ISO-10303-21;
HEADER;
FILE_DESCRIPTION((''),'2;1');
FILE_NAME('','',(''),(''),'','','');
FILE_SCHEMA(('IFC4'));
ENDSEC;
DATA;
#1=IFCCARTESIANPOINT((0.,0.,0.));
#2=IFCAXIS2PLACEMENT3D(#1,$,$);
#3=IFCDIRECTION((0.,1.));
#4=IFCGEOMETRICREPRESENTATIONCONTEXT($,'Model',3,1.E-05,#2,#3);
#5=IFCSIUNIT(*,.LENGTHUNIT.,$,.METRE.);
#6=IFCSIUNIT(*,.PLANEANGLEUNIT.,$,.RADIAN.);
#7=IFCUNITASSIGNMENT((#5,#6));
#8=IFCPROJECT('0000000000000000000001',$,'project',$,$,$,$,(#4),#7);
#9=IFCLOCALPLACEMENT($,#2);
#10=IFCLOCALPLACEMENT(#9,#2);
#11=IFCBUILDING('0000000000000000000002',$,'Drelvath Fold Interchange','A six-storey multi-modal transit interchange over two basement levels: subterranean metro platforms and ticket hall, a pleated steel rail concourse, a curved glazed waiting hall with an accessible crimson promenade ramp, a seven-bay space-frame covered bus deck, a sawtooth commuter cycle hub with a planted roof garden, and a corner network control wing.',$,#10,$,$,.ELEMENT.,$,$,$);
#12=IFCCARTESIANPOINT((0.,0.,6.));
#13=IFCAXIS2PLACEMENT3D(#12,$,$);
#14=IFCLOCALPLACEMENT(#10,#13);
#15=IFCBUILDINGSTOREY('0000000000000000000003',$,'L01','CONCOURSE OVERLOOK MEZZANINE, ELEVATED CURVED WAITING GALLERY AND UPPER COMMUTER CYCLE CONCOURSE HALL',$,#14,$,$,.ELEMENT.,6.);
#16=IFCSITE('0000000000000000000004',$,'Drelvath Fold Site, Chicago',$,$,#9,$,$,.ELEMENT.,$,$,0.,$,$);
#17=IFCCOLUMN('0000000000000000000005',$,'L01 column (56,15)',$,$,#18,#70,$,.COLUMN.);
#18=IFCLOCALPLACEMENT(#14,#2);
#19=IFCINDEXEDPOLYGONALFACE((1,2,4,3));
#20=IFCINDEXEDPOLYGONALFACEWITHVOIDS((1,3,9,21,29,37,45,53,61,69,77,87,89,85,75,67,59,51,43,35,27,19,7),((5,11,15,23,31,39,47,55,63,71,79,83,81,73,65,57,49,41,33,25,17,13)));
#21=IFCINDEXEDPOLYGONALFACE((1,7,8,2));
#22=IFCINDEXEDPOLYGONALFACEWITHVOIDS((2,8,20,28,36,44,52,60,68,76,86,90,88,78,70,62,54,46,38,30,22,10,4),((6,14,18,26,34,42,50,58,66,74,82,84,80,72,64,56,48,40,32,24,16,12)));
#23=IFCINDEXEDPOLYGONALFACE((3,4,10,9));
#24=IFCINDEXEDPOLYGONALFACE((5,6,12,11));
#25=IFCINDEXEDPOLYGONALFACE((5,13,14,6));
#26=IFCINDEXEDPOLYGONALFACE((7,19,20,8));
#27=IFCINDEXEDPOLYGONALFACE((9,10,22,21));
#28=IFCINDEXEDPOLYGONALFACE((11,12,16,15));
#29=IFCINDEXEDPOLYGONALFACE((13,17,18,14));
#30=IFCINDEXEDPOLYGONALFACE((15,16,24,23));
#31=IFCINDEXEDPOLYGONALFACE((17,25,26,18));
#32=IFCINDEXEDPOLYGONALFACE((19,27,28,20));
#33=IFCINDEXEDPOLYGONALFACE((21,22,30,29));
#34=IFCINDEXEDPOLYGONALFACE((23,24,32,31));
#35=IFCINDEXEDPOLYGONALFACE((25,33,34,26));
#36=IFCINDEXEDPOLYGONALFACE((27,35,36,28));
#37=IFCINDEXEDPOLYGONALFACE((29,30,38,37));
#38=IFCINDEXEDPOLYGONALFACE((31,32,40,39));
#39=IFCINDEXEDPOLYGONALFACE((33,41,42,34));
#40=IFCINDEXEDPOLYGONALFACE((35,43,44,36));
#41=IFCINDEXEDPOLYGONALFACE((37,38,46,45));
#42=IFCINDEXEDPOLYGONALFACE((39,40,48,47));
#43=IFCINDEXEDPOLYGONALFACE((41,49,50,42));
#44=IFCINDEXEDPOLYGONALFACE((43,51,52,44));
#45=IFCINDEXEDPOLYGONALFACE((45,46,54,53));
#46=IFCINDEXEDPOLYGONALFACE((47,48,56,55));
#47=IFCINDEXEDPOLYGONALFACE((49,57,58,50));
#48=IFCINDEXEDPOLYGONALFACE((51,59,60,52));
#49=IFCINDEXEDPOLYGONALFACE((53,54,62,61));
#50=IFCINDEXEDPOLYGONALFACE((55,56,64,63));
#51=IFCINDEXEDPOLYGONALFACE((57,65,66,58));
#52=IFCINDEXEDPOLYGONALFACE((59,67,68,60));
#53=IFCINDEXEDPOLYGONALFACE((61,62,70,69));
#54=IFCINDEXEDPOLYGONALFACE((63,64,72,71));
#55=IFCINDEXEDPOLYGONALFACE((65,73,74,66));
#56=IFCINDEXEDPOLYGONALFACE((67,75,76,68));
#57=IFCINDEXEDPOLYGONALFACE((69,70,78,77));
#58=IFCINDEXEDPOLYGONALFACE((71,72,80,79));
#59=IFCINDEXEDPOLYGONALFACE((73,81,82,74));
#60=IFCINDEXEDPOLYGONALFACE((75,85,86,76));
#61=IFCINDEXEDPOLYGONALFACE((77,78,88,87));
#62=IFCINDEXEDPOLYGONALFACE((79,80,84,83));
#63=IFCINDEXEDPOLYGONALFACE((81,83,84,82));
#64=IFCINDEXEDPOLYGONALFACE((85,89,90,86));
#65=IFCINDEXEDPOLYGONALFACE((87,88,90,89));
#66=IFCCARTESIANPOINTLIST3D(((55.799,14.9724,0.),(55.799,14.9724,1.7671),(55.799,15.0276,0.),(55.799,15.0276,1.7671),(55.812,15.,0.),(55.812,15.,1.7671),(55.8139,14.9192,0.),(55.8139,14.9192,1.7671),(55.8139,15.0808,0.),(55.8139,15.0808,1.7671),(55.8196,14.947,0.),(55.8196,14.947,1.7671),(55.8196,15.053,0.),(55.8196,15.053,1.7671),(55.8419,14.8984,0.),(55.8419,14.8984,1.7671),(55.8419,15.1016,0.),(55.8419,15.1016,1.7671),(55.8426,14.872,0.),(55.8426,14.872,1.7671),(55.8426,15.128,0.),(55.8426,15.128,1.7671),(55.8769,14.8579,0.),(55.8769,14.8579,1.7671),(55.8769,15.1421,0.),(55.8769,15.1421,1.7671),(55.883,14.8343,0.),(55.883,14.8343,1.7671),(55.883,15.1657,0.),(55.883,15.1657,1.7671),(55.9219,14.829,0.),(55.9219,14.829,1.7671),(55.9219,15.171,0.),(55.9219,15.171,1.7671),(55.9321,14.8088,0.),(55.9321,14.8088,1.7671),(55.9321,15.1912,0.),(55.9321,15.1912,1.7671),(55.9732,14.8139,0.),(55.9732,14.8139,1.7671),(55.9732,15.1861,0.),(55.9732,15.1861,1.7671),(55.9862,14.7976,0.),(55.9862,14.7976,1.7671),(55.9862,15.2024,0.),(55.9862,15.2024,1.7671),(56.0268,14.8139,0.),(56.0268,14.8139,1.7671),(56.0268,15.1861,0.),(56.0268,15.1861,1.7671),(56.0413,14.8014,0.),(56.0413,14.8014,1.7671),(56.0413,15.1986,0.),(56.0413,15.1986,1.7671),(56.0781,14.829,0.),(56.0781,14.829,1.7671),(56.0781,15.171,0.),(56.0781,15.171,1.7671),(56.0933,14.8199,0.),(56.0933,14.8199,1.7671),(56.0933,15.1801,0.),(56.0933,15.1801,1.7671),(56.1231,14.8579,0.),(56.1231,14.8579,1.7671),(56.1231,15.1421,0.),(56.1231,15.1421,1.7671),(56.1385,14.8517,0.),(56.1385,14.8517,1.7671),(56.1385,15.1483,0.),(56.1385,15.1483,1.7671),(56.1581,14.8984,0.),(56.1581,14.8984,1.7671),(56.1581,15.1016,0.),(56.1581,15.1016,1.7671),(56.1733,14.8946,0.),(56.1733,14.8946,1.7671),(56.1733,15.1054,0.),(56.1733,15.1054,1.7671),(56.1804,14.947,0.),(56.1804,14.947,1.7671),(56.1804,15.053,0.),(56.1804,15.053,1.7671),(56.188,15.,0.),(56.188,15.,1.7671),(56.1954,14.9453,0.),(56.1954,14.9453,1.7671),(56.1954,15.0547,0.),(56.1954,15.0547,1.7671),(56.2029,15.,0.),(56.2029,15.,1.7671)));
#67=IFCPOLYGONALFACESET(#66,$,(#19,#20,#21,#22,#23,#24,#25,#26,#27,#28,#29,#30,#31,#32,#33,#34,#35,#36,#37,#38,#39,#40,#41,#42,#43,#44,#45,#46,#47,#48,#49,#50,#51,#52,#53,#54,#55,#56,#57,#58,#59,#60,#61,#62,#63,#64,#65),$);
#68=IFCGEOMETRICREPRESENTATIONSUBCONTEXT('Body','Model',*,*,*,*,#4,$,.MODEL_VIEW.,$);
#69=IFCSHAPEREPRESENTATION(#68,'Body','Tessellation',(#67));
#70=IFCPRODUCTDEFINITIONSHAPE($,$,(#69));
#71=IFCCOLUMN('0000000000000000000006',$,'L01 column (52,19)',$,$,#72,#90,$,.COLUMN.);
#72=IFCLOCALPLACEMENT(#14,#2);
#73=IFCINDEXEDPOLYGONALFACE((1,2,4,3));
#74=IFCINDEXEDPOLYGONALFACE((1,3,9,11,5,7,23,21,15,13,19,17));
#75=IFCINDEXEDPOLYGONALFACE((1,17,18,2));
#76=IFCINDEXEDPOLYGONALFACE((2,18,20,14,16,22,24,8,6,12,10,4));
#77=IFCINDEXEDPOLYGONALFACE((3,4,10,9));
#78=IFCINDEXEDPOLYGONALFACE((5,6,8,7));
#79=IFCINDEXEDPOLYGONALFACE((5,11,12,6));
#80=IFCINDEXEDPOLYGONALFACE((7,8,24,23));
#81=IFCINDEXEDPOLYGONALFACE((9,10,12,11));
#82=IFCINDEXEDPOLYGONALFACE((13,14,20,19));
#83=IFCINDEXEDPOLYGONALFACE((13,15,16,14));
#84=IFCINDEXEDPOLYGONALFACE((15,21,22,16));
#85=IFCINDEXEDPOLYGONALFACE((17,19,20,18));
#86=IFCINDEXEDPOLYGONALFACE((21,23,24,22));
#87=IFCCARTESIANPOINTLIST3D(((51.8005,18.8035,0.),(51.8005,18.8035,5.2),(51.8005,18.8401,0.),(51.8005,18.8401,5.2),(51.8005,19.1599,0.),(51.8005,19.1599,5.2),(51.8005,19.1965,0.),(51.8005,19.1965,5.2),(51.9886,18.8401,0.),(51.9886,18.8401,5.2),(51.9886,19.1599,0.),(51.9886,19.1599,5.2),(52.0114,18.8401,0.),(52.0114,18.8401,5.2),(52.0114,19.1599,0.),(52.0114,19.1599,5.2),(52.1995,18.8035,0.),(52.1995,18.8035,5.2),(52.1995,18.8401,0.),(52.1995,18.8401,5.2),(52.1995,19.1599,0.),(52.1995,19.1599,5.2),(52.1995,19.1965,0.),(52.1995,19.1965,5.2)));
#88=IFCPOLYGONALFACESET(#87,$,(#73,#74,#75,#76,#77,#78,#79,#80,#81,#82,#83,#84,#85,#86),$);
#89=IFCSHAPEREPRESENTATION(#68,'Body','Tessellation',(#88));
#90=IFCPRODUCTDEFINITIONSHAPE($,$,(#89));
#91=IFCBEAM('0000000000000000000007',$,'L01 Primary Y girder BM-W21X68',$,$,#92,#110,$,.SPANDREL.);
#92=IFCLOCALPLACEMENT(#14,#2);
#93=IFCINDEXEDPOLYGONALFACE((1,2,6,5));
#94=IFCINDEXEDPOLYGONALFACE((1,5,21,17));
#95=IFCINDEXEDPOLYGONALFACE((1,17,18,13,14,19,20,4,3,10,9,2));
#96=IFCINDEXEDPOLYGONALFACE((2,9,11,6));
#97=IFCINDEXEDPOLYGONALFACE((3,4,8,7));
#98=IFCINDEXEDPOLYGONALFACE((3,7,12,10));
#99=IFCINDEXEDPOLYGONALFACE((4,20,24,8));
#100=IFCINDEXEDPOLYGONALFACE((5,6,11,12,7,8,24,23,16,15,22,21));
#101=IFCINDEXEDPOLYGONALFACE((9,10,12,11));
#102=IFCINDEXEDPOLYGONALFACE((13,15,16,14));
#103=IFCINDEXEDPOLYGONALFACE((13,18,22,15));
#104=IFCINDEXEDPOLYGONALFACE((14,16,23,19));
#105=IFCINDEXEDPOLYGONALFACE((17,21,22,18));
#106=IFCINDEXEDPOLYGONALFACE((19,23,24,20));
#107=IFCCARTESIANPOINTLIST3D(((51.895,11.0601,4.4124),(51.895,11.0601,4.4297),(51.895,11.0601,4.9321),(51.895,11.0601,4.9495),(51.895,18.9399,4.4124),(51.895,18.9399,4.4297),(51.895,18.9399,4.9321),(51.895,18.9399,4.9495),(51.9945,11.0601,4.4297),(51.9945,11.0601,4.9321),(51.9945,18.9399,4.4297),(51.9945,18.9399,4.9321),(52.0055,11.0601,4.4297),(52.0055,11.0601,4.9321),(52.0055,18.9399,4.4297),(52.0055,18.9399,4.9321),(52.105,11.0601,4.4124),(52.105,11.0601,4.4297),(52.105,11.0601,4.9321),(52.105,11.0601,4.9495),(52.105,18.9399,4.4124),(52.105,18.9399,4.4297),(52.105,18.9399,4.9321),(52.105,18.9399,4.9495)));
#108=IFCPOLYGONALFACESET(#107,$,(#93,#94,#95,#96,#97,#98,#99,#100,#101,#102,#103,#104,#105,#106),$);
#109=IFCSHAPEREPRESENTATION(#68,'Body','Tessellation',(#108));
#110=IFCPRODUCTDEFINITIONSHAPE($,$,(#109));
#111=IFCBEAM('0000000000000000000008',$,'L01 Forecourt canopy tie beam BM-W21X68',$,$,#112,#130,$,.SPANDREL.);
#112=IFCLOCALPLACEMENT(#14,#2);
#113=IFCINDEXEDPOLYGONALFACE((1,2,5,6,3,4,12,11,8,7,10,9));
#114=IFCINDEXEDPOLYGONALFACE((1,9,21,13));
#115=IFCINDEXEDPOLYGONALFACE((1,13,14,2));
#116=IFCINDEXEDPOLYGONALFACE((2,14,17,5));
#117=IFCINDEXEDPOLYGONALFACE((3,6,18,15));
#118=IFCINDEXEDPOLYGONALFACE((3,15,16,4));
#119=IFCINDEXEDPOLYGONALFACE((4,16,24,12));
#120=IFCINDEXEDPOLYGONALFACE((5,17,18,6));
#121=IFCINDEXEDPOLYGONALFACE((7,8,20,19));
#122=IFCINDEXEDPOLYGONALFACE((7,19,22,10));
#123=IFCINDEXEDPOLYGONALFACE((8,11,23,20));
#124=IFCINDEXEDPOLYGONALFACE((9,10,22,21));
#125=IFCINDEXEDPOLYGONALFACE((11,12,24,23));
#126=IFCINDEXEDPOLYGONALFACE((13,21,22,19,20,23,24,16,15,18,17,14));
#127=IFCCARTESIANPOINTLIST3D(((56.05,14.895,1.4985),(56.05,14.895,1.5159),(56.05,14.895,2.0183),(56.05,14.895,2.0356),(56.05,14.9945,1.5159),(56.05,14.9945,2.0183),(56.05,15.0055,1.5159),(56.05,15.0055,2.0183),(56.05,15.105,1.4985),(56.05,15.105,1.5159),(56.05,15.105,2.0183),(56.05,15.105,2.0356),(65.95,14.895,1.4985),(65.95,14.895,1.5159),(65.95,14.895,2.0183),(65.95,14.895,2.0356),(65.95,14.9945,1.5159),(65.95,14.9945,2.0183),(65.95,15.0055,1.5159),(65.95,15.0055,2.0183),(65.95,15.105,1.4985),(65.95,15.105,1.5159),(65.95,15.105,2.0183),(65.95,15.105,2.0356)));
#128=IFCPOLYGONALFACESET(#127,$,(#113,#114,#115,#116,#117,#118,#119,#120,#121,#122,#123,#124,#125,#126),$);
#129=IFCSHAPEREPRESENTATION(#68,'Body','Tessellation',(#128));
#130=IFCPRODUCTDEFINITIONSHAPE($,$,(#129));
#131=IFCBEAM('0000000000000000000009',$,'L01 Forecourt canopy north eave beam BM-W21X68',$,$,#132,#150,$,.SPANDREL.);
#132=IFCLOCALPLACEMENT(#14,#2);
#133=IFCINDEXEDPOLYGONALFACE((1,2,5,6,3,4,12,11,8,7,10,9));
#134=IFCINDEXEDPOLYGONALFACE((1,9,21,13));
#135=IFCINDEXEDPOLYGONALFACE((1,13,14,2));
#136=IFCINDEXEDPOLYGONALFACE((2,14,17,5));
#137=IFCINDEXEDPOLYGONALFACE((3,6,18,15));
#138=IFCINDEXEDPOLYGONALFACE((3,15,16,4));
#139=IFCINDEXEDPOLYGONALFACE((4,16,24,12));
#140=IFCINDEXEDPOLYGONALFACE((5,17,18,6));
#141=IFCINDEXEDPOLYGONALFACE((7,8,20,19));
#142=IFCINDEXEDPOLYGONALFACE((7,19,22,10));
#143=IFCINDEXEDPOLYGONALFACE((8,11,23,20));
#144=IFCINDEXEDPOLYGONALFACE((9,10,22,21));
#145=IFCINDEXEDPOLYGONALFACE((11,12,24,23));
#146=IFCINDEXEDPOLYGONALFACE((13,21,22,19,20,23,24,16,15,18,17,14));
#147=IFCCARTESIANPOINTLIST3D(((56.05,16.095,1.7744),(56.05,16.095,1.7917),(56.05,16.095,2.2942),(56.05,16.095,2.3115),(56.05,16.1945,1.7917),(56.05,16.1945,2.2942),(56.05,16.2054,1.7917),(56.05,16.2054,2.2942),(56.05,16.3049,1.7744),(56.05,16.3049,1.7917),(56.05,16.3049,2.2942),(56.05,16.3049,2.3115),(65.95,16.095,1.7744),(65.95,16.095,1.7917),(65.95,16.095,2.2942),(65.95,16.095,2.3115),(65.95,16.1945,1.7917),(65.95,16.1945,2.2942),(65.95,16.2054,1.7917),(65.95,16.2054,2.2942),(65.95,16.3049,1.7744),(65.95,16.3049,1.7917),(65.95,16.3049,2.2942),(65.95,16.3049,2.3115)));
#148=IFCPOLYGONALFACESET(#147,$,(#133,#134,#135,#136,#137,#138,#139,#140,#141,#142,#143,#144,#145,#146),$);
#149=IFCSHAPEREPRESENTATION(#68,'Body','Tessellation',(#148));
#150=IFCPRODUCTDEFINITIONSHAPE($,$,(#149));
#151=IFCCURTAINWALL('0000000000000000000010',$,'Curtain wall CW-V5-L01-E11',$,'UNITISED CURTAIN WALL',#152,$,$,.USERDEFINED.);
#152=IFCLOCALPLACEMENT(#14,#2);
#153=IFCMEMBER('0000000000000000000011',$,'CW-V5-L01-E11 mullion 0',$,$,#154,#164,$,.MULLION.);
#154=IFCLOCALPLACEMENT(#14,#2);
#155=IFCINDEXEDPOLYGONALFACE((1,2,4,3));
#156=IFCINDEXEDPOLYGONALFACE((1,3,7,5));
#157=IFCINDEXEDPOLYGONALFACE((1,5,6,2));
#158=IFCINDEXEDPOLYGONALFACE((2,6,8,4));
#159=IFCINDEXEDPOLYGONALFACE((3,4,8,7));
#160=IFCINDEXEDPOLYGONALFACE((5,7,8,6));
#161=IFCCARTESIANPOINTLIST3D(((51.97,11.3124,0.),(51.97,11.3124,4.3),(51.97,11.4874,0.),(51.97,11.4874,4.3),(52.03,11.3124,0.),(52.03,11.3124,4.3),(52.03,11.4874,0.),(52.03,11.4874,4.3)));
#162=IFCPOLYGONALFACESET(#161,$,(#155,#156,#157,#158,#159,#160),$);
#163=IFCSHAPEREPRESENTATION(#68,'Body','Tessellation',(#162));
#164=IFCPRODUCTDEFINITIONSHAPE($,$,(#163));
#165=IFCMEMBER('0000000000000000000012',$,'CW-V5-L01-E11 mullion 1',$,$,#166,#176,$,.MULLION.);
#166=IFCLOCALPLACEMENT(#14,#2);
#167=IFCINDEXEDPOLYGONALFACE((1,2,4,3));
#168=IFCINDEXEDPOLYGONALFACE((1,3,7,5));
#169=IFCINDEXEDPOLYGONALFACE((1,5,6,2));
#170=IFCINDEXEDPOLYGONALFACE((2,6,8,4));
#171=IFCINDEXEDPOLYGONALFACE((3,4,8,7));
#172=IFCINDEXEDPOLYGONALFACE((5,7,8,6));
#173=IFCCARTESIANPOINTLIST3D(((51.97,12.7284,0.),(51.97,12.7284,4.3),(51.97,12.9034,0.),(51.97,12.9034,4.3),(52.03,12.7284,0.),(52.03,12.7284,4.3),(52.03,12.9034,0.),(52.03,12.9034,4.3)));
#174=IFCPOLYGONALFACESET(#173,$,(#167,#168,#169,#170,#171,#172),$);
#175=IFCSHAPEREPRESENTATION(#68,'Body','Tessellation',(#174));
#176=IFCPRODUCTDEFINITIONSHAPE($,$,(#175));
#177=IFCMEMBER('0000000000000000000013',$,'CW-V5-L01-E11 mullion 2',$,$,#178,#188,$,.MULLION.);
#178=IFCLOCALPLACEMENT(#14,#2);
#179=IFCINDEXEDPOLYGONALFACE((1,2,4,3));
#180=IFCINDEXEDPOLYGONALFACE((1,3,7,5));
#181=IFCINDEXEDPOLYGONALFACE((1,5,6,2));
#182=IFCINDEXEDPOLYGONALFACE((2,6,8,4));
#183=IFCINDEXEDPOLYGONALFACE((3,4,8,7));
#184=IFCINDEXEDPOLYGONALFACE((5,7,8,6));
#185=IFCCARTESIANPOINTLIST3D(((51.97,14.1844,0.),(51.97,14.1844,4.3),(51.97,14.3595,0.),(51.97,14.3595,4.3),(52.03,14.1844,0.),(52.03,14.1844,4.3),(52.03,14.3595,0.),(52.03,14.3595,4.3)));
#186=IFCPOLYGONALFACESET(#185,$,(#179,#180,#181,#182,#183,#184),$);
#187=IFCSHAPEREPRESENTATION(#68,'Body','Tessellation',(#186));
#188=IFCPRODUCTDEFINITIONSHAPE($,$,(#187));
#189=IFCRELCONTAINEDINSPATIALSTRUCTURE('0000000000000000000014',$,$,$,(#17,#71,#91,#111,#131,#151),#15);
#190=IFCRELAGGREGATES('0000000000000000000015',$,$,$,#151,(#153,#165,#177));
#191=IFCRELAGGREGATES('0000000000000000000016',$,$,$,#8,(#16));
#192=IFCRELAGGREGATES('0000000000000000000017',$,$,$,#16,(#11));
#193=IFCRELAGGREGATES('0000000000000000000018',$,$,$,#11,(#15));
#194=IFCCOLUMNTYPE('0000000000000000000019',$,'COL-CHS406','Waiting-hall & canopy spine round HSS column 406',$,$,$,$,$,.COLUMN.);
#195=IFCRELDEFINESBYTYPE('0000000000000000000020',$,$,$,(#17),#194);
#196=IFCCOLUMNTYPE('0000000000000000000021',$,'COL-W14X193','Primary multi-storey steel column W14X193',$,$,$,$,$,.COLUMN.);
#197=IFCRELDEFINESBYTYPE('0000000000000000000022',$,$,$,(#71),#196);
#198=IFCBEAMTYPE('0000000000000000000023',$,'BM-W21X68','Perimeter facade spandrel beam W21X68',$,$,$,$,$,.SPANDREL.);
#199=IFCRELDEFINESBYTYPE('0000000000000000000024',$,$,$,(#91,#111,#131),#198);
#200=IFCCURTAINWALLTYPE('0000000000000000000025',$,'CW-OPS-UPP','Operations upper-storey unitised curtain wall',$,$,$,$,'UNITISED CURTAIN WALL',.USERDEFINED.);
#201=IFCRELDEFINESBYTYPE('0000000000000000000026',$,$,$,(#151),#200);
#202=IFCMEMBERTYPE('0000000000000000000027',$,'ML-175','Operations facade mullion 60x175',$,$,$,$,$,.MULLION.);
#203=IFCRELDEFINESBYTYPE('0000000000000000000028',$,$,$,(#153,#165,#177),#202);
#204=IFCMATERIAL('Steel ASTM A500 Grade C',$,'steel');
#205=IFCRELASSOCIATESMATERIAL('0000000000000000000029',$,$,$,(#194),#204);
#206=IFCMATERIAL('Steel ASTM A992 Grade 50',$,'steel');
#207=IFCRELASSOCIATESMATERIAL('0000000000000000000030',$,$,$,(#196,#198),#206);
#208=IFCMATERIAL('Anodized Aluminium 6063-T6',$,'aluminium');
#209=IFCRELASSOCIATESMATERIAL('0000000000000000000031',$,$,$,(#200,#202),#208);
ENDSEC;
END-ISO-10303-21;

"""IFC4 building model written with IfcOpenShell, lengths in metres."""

from ifc_helpers import new_model, si_unit, direction, frame, origin, origin_2d, place, context, subcontext, project, spatial, rectangle, hollow_circle, i_section, extrude, material, material_profile, profile_set, type_object, element, aggregate, save


model = new_model("IFC4")

# Units and contexts
model_context = context("Model", 3, precision=1e-05, world=origin(), true_north=direction((0.0, 1.0)))
body_context = subcontext(model_context, "Body", "Model", "MODEL_VIEW")
ifc_project = project(units=[si_unit("LENGTHUNIT", "METRE"), si_unit("PLANEANGLEUNIT", "RADIAN")], contexts=[model_context])

# Site, building, storey
site_placement = place(None, origin())
site = spatial("IfcSite", under=ifc_project, at=site_placement, Name="Drelvath Fold Site, Chicago", CompositionType="ELEMENT", RefElevation=0.0)
building_placement = place(site_placement, origin())
building = spatial("IfcBuilding", under=site, at=building_placement, Name="Drelvath Fold Interchange", Description="A six-storey multi-modal transit interchange over two basement levels: subterranean metro platforms and ticket hall, a pleated steel rail concourse, a curved glazed waiting hall with an accessible crimson promenade ramp, a seven-bay space-frame covered bus deck, a sawtooth commuter cycle hub with a planted roof garden, and a corner network control wing.", CompositionType="ELEMENT")
storey_placement = place(building_placement, frame((0.0, 0.0, 6.0)))
storey = spatial("IfcBuildingStorey", under=building, at=storey_placement, Name="L01", Description="CONCOURSE OVERLOOK MEZZANINE, ELEVATED CURVED WAITING GALLERY AND UPPER COMMUTER CYCLE CONCOURSE HALL", CompositionType="ELEMENT", Elevation=6.0)

# Columns
ifc_material_1 = material(Name="Steel ASTM A500 Grade C", Category="steel")
ifc_material_profile_1 = material_profile(ifc_material_1, hollow_circle(Radius=0.2029, WallThickness=0.0149, at=origin_2d()), Name="HSS16.000X0.625")
ifc_profile_set_1 = profile_set([ifc_material_profile_1], Name="Steel ASTM A500 Grade C")
column_type_1 = type_object("IfcColumnType", Name="COL-CHS406", Description="Waiting-hall & canopy spine round HSS column 406", PredefinedType="COLUMN", material=ifc_profile_set_1)
column_1_placement = place(storey_placement, frame((56.0, 15.0, 0.0), z_axis=(0.0, 0.0, 1.0), x_axis=(1.0, 0.0, 0.0)))
element("IfcColumn", 1, at=column_1_placement, inside=storey, type_object=column_type_1, Name="L01 column (56,15)", PredefinedType="COLUMN", context=body_context, shape_type="SweptSolid", body=[
    extrude(hollow_circle(Radius=0.2029, WallThickness=0.0149, at=origin_2d()), origin(), (0.0, 0.0, 1.0), 1.7671),
])
ifc_material_2 = material(Name="Steel ASTM A992 Grade 50", Category="steel")
ifc_material_profile_2 = material_profile(ifc_material_2, i_section(OverallWidth=0.3989, OverallDepth=0.3931, WebThickness=0.0227, FlangeThickness=0.0366, at=origin_2d()), Name="W14X193")
ifc_profile_set_2 = profile_set([ifc_material_profile_2], Name="Steel ASTM A992 Grade 50")
column_type_2 = type_object("IfcColumnType", Name="COL-W14X193", Description="Primary multi-storey steel column W14X193", PredefinedType="COLUMN", material=ifc_profile_set_2)
column_2_placement = place(storey_placement, frame((52.0, 19.0, 0.0), z_axis=(0.0, 0.0, 1.0), x_axis=(1.0, 0.0, 0.0)))
element("IfcColumn", 2, at=column_2_placement, inside=storey, type_object=column_type_2, Name="L01 column (52,19)", PredefinedType="COLUMN", context=body_context, shape_type="SweptSolid", body=[
    extrude(i_section(OverallWidth=0.3989, OverallDepth=0.3931, WebThickness=0.0227, FlangeThickness=0.0366, at=origin_2d()), origin(), (0.0, 0.0, 1.0), 5.2),
])

# Beams
ifc_material_profile_3 = material_profile(ifc_material_2, i_section(OverallWidth=0.21, OverallDepth=0.5371, WebThickness=0.011, FlangeThickness=0.0173, at=origin_2d()), Name="W21X68")
ifc_profile_set_3 = profile_set([ifc_material_profile_3], Name="Steel ASTM A992 Grade 50")
beam_type = type_object("IfcBeamType", Name="BM-W21X68", Description="Perimeter facade spandrel beam W21X68", PredefinedType="SPANDREL", material=ifc_profile_set_3)
beam_placement = place(storey_placement, frame((52.0, 11.0601, 4.6809), z_axis=(0.0, 1.0, 0.0), x_axis=(-1.0, 0.0, 0.0)))
element("IfcBeam", 3, at=beam_placement, inside=storey, type_object=beam_type, Name="L01 Primary Y girder BM-W21X68", PredefinedType="SPANDREL", context=body_context, shape_type="SweptSolid", body=[
    extrude(i_section(OverallWidth=0.21, OverallDepth=0.5371, WebThickness=0.011, FlangeThickness=0.0173, at=origin_2d()), origin(), (0.0, 0.0, 1.0), 7.8799),
])
for number, where, z_axis, x_axis, name in (
    (4, (56.05, 15.0, 1.7671), (1.0, 0.0, 0.0), (0.0, 1.0, 0.0), "L01 Forecourt canopy tie beam BM-W21X68"),
    (5, (56.05, 16.2, 2.043), (1.0, 0.0, 0.0), (0.0, 1.0, 0.0), "L01 Forecourt canopy north eave beam BM-W21X68"),
):
    element("IfcBeam", number, at=place(storey_placement, frame(where, z_axis=z_axis, x_axis=x_axis)), inside=storey, type_object=beam_type, Name=name, PredefinedType="SPANDREL", context=body_context, shape_type="SweptSolid", body=[
        extrude(i_section(OverallWidth=0.21, OverallDepth=0.5371, WebThickness=0.011, FlangeThickness=0.0173, at=origin_2d()), origin(), (0.0, 0.0, 1.0), 9.8999),
    ])

# Curtain wall, members
ifc_material_3 = material(Name="Anodized Aluminium 6063-T6", Category="aluminium")
curtain_wall_type = type_object("IfcCurtainWallType", Name="CW-OPS-UPP", Description="Operations upper-storey unitised curtain wall", ElementType="UNITISED CURTAIN WALL", PredefinedType="USERDEFINED", material=ifc_material_3)
curtain_wall_placement = place(storey_placement, origin())
curtain_wall = element("IfcCurtainWall", 6, at=curtain_wall_placement, inside=storey, type_object=curtain_wall_type, Name="Curtain wall CW-V5-L01-E11", ObjectType="UNITISED CURTAIN WALL", PredefinedType="USERDEFINED")
ifc_material_profile_4 = material_profile(ifc_material_3, rectangle(XDim=0.0601, YDim=0.175, at=origin_2d()), Name="AL-M 60x175")
ifc_profile_set_4 = profile_set([ifc_material_profile_4], Name="Anodized Aluminium 6063-T6")
member_type_1 = type_object("IfcMemberType", Name="ML-175", Description="Operations facade mullion 60x175", PredefinedType="MULLION", material=ifc_profile_set_4)
member_1_placement = place(storey_placement, frame((52.0, 11.3999, 0.0), z_axis=(0.0, 0.0, 1.0), x_axis=(1.0, 0.0, 0.0)))
member_1 = element("IfcMember", 7, at=member_1_placement, type_object=member_type_1, Name="CW-V5-L01-E11 mullion 0", PredefinedType="MULLION", context=body_context, shape_type="SweptSolid", body=[
    extrude(rectangle(XDim=0.0601, YDim=0.175, at=origin_2d()), origin(), (0.0, 0.0, 1.0), 4.3),
])
member_2_placement = place(storey_placement, frame((52.0, 12.8159, 0.0), z_axis=(0.0, 0.0, 1.0), x_axis=(1.0, 0.0, 0.0)))
member_2 = element("IfcMember", 8, at=member_2_placement, type_object=member_type_1, Name="CW-V5-L01-E11 mullion 1", PredefinedType="MULLION", context=body_context, shape_type="SweptSolid", body=[
    extrude(rectangle(XDim=0.0601, YDim=0.175, at=origin_2d()), origin(), (0.0, 0.0, 1.0), 4.3),
])
member_3_placement = place(storey_placement, frame((52.0, 14.272, 0.0), z_axis=(0.0, 0.0, 1.0), x_axis=(1.0, 0.0, 0.0)))
member_3 = element("IfcMember", 9, at=member_3_placement, type_object=member_type_1, Name="CW-V5-L01-E11 mullion 2", PredefinedType="MULLION", context=body_context, shape_type="SweptSolid", body=[
    extrude(rectangle(XDim=0.0601, YDim=0.175, at=origin_2d()), origin(), (0.0, 0.0, 1.0), 4.3),
])
aggregate(curtain_wall, [member_1, member_2, member_3])

save(model, "model.ifc")
